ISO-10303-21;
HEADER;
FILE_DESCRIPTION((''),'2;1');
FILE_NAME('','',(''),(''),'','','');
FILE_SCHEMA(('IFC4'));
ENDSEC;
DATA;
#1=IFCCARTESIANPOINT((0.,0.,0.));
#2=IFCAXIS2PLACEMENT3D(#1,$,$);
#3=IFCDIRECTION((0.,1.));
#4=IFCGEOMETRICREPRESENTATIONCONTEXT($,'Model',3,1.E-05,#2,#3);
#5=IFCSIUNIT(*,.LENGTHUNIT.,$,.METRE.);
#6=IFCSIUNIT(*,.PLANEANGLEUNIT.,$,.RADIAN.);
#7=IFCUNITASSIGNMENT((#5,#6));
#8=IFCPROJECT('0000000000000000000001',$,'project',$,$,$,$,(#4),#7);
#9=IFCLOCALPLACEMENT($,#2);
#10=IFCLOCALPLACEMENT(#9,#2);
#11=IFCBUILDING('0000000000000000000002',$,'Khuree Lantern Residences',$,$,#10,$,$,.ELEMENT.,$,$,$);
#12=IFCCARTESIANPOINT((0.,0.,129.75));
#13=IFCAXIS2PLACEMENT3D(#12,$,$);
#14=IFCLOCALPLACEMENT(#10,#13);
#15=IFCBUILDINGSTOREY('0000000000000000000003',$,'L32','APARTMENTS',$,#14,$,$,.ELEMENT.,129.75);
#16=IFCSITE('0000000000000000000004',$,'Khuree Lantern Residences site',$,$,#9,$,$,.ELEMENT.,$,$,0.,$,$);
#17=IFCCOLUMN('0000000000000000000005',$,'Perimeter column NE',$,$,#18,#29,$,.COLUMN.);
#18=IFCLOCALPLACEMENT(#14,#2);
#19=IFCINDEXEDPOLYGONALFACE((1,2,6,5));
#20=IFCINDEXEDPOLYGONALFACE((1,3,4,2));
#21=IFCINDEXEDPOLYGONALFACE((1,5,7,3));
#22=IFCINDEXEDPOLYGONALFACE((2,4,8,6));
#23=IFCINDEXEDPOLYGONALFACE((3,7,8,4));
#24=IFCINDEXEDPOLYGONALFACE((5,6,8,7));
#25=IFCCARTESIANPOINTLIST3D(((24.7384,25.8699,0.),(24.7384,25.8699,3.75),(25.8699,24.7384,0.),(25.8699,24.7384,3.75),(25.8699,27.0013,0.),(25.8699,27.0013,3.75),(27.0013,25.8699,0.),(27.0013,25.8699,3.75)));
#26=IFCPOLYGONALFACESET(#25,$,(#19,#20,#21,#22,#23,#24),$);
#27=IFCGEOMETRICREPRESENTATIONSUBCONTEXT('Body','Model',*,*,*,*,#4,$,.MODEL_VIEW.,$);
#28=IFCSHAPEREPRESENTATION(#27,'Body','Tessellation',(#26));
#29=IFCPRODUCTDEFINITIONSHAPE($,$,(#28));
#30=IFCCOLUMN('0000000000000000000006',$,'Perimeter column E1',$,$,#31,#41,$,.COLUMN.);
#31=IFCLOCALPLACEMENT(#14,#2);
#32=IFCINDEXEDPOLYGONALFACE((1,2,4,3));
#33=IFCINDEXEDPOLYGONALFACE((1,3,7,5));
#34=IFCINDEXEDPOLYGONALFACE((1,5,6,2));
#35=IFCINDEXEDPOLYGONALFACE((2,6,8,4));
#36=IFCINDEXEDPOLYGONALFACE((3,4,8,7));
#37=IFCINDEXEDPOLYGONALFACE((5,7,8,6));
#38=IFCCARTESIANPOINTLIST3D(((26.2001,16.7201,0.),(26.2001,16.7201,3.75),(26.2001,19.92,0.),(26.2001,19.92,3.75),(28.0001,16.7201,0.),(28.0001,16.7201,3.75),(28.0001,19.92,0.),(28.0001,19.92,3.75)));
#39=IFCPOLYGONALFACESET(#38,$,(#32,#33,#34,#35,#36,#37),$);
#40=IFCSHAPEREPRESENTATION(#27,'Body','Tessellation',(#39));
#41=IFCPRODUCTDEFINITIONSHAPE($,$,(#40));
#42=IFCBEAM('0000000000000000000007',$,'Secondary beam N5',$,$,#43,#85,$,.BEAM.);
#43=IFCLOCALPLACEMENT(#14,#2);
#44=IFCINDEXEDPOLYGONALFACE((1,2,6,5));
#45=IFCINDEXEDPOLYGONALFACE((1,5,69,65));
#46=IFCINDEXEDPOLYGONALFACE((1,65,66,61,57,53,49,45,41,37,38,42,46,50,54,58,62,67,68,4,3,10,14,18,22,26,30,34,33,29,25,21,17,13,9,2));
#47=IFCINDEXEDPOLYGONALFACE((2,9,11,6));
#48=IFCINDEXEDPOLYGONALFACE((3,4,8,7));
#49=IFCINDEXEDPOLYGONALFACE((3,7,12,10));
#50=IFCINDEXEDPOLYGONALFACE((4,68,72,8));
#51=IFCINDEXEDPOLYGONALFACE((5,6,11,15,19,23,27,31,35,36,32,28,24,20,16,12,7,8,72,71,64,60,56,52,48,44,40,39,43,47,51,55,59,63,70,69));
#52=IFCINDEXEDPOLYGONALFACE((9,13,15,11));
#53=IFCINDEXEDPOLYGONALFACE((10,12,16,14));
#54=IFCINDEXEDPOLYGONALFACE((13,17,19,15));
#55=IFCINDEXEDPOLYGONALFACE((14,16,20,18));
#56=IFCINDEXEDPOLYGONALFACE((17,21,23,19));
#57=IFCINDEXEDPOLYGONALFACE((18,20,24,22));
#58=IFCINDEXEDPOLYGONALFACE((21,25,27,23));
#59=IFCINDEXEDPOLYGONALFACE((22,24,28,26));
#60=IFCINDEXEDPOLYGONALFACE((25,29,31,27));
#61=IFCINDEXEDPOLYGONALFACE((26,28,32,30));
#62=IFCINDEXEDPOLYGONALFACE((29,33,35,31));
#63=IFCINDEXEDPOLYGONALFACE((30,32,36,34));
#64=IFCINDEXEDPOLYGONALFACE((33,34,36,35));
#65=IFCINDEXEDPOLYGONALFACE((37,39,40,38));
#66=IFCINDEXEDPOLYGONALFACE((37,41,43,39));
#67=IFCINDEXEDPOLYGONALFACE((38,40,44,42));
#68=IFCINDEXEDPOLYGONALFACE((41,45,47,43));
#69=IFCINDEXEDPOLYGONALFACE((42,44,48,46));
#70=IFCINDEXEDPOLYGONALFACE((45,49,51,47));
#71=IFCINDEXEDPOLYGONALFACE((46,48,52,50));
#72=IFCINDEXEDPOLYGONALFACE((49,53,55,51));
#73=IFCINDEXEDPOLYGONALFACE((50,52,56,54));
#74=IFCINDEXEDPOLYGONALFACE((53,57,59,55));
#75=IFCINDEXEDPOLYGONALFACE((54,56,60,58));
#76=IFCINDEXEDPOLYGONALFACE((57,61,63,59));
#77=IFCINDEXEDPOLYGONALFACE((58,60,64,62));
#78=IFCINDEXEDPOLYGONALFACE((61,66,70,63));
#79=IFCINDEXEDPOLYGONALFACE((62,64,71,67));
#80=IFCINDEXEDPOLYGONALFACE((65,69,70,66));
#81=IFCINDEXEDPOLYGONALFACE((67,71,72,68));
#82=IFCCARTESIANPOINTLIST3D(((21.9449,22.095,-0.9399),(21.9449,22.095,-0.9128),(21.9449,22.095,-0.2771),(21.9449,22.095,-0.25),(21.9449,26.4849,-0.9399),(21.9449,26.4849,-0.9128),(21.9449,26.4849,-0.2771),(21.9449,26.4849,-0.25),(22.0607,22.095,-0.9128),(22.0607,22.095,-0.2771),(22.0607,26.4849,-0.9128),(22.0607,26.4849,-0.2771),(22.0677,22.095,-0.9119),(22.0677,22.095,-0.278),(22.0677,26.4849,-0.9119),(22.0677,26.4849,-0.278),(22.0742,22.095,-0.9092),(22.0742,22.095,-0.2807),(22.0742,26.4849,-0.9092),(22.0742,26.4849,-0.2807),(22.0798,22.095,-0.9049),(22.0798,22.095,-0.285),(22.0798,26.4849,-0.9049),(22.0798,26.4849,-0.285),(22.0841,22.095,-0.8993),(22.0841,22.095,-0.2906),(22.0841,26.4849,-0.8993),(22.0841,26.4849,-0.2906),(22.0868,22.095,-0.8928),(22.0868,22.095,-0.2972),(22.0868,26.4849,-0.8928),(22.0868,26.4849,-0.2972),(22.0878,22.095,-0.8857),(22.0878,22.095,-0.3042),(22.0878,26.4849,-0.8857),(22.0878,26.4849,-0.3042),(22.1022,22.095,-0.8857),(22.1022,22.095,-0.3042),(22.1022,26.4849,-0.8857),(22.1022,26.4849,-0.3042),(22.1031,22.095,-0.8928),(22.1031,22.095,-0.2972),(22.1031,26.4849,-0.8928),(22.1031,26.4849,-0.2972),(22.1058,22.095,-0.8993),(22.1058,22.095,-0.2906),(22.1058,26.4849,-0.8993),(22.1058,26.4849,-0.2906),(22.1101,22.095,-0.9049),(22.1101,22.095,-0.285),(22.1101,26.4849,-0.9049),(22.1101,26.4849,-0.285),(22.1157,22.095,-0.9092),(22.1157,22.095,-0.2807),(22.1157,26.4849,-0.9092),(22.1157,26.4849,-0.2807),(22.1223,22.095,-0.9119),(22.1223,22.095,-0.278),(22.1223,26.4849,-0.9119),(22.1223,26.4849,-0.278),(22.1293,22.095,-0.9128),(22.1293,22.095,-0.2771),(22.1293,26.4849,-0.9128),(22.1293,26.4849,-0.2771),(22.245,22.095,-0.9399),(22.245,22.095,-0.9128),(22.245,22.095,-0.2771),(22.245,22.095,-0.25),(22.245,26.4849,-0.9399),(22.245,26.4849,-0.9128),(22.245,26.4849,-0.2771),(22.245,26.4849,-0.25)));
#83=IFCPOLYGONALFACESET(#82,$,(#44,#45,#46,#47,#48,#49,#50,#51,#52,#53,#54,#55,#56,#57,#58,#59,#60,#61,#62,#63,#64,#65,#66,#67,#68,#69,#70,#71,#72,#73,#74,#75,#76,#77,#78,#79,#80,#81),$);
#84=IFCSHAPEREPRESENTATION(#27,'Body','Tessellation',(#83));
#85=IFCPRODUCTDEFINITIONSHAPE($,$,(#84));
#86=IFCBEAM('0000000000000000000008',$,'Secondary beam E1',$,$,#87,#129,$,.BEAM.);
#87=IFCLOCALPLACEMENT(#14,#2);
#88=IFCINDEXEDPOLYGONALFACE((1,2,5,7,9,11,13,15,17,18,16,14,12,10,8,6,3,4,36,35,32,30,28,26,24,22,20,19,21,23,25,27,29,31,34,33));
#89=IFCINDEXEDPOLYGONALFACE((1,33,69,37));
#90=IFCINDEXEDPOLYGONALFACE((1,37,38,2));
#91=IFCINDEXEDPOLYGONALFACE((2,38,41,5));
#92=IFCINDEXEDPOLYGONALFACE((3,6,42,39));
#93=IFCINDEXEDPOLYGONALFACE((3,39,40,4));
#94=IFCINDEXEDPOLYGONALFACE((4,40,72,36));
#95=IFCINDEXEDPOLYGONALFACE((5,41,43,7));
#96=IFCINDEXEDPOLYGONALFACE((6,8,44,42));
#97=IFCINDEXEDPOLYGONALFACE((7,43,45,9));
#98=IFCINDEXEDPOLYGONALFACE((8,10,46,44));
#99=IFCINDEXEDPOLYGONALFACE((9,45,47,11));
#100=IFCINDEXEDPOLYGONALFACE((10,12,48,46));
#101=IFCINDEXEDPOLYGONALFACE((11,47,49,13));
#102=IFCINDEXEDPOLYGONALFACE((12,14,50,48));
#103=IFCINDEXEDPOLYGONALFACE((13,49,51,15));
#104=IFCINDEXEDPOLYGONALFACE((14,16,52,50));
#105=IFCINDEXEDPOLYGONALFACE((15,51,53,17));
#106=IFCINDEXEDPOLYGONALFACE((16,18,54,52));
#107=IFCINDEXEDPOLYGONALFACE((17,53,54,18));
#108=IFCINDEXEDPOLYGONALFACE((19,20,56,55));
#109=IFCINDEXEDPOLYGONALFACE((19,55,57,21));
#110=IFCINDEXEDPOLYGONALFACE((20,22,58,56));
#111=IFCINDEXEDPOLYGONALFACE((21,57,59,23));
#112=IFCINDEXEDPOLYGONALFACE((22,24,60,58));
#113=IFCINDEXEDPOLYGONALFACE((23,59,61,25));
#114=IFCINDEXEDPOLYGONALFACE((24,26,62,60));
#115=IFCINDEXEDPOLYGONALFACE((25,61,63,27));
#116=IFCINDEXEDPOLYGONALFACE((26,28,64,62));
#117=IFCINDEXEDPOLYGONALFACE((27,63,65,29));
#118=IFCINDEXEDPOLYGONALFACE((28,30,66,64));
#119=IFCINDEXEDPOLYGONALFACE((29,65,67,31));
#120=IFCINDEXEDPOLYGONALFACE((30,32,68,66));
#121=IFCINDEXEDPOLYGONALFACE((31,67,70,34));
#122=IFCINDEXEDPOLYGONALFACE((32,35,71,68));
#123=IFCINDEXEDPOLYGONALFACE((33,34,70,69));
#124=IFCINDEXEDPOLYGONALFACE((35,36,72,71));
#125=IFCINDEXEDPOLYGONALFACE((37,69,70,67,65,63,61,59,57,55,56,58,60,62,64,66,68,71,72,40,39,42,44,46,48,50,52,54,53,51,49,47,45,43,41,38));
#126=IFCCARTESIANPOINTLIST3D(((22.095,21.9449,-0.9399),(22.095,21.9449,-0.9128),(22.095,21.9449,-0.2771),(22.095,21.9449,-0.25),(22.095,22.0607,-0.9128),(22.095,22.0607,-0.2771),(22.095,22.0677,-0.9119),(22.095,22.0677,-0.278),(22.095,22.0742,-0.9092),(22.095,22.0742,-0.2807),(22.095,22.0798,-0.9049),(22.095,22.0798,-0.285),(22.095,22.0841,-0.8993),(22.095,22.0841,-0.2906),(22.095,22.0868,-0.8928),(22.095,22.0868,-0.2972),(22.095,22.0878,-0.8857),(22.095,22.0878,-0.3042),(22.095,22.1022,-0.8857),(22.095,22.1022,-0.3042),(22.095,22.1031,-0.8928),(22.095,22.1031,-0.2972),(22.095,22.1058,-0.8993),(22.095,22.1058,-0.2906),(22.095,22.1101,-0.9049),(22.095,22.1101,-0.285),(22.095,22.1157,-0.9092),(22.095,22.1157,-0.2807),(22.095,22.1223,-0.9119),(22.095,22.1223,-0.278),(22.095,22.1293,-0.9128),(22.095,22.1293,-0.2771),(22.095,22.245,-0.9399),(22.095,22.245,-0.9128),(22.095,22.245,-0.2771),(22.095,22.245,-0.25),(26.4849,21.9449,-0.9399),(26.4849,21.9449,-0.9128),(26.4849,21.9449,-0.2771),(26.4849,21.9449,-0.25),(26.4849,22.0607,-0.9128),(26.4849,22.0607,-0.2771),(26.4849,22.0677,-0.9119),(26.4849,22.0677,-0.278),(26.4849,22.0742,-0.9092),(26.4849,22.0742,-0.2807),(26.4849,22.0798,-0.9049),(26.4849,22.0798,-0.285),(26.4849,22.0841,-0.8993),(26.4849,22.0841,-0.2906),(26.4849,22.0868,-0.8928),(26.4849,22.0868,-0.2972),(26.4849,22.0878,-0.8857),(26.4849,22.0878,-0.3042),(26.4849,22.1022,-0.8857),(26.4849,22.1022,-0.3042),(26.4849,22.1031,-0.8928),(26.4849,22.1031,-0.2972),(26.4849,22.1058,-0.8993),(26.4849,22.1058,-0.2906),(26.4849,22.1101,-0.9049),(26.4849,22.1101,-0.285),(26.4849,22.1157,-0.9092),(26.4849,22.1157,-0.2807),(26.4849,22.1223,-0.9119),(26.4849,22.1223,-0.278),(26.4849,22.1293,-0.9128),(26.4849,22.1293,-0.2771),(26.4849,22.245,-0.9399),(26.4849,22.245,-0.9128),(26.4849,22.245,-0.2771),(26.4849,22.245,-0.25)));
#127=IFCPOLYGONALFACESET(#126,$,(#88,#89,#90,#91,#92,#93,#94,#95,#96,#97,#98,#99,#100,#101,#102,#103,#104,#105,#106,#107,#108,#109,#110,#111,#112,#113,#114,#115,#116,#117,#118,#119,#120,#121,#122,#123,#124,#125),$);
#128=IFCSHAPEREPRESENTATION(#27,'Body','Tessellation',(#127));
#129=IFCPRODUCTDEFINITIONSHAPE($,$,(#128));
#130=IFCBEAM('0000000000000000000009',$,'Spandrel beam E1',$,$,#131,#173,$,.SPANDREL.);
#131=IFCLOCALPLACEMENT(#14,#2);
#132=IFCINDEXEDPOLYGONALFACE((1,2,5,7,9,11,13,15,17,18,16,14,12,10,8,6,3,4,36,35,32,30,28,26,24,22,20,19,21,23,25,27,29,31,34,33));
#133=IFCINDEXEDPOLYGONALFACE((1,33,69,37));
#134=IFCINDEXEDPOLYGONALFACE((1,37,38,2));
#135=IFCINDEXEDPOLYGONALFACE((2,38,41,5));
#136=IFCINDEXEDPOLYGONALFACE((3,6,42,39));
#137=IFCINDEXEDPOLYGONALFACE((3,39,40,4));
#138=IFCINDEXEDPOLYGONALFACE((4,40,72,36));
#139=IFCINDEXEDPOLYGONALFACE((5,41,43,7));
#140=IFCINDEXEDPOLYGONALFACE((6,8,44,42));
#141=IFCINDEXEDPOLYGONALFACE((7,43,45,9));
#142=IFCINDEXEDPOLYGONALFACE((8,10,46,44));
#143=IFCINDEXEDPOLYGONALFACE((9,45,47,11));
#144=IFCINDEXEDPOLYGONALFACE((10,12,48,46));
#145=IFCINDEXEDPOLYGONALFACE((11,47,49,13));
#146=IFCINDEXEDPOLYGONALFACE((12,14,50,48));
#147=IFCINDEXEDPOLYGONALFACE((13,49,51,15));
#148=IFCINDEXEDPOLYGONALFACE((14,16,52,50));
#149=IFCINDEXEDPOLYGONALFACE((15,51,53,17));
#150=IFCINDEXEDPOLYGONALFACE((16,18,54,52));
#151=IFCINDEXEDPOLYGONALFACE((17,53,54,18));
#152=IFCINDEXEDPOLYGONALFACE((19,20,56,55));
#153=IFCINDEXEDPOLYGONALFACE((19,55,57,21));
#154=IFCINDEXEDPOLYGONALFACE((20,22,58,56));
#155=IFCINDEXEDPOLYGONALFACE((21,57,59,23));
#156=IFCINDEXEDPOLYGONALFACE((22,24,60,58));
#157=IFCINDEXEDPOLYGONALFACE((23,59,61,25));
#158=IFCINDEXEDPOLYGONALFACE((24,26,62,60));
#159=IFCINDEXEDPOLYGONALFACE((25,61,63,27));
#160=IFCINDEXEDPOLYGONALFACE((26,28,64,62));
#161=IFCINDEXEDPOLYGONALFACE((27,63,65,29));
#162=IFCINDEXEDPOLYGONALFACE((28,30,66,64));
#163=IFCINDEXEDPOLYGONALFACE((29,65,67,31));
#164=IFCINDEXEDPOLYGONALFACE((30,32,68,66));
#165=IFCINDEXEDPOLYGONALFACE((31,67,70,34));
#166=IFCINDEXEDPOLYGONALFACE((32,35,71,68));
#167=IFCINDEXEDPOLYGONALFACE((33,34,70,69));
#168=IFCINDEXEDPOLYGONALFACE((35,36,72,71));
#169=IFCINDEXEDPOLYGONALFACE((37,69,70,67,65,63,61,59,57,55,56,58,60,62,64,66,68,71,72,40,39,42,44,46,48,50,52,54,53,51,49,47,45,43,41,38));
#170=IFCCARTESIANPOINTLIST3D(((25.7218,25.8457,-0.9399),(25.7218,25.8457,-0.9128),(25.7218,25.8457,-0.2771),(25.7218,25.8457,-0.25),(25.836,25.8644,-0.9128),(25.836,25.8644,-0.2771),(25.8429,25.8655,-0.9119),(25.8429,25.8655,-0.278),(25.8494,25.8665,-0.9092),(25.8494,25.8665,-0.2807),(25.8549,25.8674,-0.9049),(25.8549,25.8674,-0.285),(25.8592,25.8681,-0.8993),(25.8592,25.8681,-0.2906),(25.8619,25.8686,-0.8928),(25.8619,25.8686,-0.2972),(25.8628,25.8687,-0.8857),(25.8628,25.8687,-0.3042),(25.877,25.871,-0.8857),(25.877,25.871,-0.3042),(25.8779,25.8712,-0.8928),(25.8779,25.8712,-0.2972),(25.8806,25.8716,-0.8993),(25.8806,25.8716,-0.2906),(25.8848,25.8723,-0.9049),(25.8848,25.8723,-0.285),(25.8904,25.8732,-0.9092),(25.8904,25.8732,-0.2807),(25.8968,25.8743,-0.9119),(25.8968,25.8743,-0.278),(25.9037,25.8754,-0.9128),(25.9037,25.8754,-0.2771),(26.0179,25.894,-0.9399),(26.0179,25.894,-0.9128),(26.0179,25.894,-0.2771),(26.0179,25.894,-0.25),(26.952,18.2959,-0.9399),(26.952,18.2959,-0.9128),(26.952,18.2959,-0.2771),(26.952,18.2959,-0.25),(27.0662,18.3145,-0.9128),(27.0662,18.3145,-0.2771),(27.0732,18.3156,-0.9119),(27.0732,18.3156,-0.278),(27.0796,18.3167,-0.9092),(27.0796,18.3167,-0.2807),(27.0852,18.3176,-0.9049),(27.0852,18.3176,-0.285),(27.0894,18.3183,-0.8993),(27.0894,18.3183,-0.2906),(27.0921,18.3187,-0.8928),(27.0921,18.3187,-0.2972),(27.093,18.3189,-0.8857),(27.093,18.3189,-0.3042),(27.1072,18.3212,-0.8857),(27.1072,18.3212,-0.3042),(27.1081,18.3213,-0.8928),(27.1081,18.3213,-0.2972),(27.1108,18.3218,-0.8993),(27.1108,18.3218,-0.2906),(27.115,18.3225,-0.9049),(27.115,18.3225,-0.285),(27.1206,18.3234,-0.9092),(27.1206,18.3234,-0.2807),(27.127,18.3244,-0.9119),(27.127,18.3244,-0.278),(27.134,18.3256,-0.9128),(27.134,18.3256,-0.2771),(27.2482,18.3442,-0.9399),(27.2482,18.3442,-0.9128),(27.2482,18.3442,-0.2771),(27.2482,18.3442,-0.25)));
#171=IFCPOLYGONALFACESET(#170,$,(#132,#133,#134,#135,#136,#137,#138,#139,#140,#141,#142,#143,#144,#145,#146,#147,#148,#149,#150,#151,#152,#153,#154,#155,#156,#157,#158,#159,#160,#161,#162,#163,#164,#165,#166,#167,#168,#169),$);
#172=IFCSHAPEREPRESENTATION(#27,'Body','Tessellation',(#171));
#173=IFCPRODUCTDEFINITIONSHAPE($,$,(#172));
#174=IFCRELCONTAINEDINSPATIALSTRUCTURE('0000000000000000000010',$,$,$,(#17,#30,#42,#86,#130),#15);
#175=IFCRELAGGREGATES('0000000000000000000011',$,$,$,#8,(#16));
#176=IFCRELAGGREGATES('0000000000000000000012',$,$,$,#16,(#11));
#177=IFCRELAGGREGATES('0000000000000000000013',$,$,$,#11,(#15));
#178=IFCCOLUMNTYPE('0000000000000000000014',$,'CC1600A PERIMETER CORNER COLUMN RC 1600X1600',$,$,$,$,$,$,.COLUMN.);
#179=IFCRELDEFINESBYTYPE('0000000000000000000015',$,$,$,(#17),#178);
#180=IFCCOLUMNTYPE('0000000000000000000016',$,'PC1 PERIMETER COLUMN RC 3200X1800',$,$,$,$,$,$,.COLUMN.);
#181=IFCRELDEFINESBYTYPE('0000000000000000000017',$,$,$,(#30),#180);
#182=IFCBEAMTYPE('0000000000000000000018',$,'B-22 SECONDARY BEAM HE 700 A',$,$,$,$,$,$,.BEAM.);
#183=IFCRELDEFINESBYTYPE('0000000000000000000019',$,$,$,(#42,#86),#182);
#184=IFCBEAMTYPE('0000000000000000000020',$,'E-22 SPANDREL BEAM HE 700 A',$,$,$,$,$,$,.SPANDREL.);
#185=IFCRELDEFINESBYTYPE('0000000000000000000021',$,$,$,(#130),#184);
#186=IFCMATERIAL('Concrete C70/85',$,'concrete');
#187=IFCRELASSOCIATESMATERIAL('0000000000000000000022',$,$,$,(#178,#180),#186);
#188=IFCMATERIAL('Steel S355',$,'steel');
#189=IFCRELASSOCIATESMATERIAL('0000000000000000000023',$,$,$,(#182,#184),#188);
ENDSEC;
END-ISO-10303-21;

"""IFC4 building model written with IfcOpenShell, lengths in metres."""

from ifc_helpers import new_model, si_unit, direction, frame, origin, origin_2d, place, context, subcontext, project, spatial, rectangle, i_section, extrude, material, material_profile, profile_set, type_object, element, save


model = new_model("IFC4")

# Units and contexts
model_context = context("Model", 3, precision=1e-05, world=origin(), true_north=direction((0.0, 1.0)))
body_context = subcontext(model_context, "Body", "Model", "MODEL_VIEW")
ifc_project = project(units=[si_unit("LENGTHUNIT", "METRE"), si_unit("PLANEANGLEUNIT", "RADIAN")], contexts=[model_context])

# Site, building, storey
site_placement = place(None, origin())
site = spatial("IfcSite", under=ifc_project, at=site_placement, Name="Khuree Lantern Residences site", CompositionType="ELEMENT", RefElevation=0.0)
building_placement = place(site_placement, origin())
building = spatial("IfcBuilding", under=site, at=building_placement, Name="Khuree Lantern Residences", CompositionType="ELEMENT")
storey_placement = place(building_placement, frame((0.0, 0.0, 129.75)))
storey = spatial("IfcBuildingStorey", under=building, at=storey_placement, Name="L32", Description="APARTMENTS", CompositionType="ELEMENT", Elevation=129.75)

# Columns
ifc_material_1 = material(Name="Concrete C70/85", Category="concrete")
ifc_material_profile_1 = material_profile(ifc_material_1, rectangle(XDim=1.6001, YDim=1.6001, at=origin_2d()), Name="RC 1600X1600")
ifc_profile_set_1 = profile_set([ifc_material_profile_1], Name="Concrete C70/85")
column_type_1 = type_object("IfcColumnType", Name="CC1600A PERIMETER CORNER COLUMN RC 1600X1600", PredefinedType="COLUMN", material=ifc_profile_set_1)
column_1_placement = place(storey_placement, frame((25.8699, 25.8699, 0.0), z_axis=(0.0, 0.0, 1.0), x_axis=(0.707107, -0.707107, 0.0)))
element("IfcColumn", 1, at=column_1_placement, inside=storey, type_object=column_type_1, Name="Perimeter column NE", PredefinedType="COLUMN", context=body_context, shape_type="SweptSolid", body=[
    extrude(rectangle(XDim=1.6001, YDim=1.6001, at=origin_2d()), origin(), (0.0, 0.0, 1.0), 3.75),
])
ifc_material_profile_2 = material_profile(ifc_material_1, rectangle(XDim=3.2, YDim=1.8, at=origin_2d()), Name="RC 3200X1800")
ifc_profile_set_2 = profile_set([ifc_material_profile_2], Name="Concrete C70/85")
column_type_2 = type_object("IfcColumnType", Name="PC1 PERIMETER COLUMN RC 3200X1800", PredefinedType="COLUMN", material=ifc_profile_set_2)
column_2_placement = place(storey_placement, frame((27.1001, 18.3201, 0.0), z_axis=(0.0, 0.0, 1.0), x_axis=(0.0, 1.0, 0.0)))
element("IfcColumn", 2, at=column_2_placement, inside=storey, type_object=column_type_2, Name="Perimeter column E1", PredefinedType="COLUMN", context=body_context, shape_type="SweptSolid", body=[
    extrude(rectangle(XDim=3.2, YDim=1.8, at=origin_2d()), origin(), (0.0, 0.0, 1.0), 3.75),
])

# Beams
ifc_material_2 = material(Name="Steel S355", Category="steel")
ifc_material_profile_3 = material_profile(ifc_material_2, i_section(OverallWidth=0.3, OverallDepth=0.6899, WebThickness=0.0144, FlangeThickness=0.0271, FilletRadius=0.0271, at=origin_2d()), Name="HE 700 A")
ifc_profile_set_3 = profile_set([ifc_material_profile_3], Name="Steel S355")
beam_type_1 = type_object("IfcBeamType", Name="B-22 SECONDARY BEAM HE 700 A", PredefinedType="BEAM", material=ifc_profile_set_3)
for number, where, z_axis, x_axis, name in (
    (3, (22.095, 26.4849, -0.595), (0.0, -1.0, 0.0), (1.0, 0.0, 0.0), "Secondary beam N5"),
    (4, (26.4849, 22.095, -0.595), (-1.0, 0.0, 0.0), (0.0, -1.0, 0.0), "Secondary beam E1"),
):
    element("IfcBeam", number, at=place(storey_placement, frame(where, z_axis=z_axis, x_axis=x_axis)), inside=storey, type_object=beam_type_1, Name=name, PredefinedType="BEAM", context=body_context, shape_type="SweptSolid", body=[
        extrude(i_section(OverallWidth=0.3, OverallDepth=0.6899, WebThickness=0.0144, FlangeThickness=0.0271, FilletRadius=0.0271, at=origin_2d()), origin(), (0.0, 0.0, 1.0), 4.3899),
    ])
ifc_material_profile_4 = material_profile(ifc_material_2, i_section(OverallWidth=0.3, OverallDepth=0.6899, WebThickness=0.0144, FlangeThickness=0.0271, FilletRadius=0.0271, at=origin_2d()), Name="HE 700 A")
ifc_profile_set_4 = profile_set([ifc_material_profile_4], Name="Steel S355")
beam_type_2 = type_object("IfcBeamType", Name="E-22 SPANDREL BEAM HE 700 A", PredefinedType="SPANDREL", material=ifc_profile_set_4)
beam_1_placement = place(storey_placement, frame((25.8699, 25.8699, -0.595), z_axis=(0.160827, -0.986983, 0.0), x_axis=(0.986983, 0.160827, 0.0)))
element("IfcBeam", 5, at=beam_1_placement, inside=storey, type_object=beam_type_2, Name="Spandrel beam E1", PredefinedType="SPANDREL", context=body_context, shape_type="SweptSolid", body=[
    extrude(i_section(OverallWidth=0.3, OverallDepth=0.6899, WebThickness=0.0144, FlangeThickness=0.0271, FilletRadius=0.0271, at=origin_2d()), origin(), (0.0, 0.0, 1.0), 7.6494),
])

save(model, "model.ifc")
